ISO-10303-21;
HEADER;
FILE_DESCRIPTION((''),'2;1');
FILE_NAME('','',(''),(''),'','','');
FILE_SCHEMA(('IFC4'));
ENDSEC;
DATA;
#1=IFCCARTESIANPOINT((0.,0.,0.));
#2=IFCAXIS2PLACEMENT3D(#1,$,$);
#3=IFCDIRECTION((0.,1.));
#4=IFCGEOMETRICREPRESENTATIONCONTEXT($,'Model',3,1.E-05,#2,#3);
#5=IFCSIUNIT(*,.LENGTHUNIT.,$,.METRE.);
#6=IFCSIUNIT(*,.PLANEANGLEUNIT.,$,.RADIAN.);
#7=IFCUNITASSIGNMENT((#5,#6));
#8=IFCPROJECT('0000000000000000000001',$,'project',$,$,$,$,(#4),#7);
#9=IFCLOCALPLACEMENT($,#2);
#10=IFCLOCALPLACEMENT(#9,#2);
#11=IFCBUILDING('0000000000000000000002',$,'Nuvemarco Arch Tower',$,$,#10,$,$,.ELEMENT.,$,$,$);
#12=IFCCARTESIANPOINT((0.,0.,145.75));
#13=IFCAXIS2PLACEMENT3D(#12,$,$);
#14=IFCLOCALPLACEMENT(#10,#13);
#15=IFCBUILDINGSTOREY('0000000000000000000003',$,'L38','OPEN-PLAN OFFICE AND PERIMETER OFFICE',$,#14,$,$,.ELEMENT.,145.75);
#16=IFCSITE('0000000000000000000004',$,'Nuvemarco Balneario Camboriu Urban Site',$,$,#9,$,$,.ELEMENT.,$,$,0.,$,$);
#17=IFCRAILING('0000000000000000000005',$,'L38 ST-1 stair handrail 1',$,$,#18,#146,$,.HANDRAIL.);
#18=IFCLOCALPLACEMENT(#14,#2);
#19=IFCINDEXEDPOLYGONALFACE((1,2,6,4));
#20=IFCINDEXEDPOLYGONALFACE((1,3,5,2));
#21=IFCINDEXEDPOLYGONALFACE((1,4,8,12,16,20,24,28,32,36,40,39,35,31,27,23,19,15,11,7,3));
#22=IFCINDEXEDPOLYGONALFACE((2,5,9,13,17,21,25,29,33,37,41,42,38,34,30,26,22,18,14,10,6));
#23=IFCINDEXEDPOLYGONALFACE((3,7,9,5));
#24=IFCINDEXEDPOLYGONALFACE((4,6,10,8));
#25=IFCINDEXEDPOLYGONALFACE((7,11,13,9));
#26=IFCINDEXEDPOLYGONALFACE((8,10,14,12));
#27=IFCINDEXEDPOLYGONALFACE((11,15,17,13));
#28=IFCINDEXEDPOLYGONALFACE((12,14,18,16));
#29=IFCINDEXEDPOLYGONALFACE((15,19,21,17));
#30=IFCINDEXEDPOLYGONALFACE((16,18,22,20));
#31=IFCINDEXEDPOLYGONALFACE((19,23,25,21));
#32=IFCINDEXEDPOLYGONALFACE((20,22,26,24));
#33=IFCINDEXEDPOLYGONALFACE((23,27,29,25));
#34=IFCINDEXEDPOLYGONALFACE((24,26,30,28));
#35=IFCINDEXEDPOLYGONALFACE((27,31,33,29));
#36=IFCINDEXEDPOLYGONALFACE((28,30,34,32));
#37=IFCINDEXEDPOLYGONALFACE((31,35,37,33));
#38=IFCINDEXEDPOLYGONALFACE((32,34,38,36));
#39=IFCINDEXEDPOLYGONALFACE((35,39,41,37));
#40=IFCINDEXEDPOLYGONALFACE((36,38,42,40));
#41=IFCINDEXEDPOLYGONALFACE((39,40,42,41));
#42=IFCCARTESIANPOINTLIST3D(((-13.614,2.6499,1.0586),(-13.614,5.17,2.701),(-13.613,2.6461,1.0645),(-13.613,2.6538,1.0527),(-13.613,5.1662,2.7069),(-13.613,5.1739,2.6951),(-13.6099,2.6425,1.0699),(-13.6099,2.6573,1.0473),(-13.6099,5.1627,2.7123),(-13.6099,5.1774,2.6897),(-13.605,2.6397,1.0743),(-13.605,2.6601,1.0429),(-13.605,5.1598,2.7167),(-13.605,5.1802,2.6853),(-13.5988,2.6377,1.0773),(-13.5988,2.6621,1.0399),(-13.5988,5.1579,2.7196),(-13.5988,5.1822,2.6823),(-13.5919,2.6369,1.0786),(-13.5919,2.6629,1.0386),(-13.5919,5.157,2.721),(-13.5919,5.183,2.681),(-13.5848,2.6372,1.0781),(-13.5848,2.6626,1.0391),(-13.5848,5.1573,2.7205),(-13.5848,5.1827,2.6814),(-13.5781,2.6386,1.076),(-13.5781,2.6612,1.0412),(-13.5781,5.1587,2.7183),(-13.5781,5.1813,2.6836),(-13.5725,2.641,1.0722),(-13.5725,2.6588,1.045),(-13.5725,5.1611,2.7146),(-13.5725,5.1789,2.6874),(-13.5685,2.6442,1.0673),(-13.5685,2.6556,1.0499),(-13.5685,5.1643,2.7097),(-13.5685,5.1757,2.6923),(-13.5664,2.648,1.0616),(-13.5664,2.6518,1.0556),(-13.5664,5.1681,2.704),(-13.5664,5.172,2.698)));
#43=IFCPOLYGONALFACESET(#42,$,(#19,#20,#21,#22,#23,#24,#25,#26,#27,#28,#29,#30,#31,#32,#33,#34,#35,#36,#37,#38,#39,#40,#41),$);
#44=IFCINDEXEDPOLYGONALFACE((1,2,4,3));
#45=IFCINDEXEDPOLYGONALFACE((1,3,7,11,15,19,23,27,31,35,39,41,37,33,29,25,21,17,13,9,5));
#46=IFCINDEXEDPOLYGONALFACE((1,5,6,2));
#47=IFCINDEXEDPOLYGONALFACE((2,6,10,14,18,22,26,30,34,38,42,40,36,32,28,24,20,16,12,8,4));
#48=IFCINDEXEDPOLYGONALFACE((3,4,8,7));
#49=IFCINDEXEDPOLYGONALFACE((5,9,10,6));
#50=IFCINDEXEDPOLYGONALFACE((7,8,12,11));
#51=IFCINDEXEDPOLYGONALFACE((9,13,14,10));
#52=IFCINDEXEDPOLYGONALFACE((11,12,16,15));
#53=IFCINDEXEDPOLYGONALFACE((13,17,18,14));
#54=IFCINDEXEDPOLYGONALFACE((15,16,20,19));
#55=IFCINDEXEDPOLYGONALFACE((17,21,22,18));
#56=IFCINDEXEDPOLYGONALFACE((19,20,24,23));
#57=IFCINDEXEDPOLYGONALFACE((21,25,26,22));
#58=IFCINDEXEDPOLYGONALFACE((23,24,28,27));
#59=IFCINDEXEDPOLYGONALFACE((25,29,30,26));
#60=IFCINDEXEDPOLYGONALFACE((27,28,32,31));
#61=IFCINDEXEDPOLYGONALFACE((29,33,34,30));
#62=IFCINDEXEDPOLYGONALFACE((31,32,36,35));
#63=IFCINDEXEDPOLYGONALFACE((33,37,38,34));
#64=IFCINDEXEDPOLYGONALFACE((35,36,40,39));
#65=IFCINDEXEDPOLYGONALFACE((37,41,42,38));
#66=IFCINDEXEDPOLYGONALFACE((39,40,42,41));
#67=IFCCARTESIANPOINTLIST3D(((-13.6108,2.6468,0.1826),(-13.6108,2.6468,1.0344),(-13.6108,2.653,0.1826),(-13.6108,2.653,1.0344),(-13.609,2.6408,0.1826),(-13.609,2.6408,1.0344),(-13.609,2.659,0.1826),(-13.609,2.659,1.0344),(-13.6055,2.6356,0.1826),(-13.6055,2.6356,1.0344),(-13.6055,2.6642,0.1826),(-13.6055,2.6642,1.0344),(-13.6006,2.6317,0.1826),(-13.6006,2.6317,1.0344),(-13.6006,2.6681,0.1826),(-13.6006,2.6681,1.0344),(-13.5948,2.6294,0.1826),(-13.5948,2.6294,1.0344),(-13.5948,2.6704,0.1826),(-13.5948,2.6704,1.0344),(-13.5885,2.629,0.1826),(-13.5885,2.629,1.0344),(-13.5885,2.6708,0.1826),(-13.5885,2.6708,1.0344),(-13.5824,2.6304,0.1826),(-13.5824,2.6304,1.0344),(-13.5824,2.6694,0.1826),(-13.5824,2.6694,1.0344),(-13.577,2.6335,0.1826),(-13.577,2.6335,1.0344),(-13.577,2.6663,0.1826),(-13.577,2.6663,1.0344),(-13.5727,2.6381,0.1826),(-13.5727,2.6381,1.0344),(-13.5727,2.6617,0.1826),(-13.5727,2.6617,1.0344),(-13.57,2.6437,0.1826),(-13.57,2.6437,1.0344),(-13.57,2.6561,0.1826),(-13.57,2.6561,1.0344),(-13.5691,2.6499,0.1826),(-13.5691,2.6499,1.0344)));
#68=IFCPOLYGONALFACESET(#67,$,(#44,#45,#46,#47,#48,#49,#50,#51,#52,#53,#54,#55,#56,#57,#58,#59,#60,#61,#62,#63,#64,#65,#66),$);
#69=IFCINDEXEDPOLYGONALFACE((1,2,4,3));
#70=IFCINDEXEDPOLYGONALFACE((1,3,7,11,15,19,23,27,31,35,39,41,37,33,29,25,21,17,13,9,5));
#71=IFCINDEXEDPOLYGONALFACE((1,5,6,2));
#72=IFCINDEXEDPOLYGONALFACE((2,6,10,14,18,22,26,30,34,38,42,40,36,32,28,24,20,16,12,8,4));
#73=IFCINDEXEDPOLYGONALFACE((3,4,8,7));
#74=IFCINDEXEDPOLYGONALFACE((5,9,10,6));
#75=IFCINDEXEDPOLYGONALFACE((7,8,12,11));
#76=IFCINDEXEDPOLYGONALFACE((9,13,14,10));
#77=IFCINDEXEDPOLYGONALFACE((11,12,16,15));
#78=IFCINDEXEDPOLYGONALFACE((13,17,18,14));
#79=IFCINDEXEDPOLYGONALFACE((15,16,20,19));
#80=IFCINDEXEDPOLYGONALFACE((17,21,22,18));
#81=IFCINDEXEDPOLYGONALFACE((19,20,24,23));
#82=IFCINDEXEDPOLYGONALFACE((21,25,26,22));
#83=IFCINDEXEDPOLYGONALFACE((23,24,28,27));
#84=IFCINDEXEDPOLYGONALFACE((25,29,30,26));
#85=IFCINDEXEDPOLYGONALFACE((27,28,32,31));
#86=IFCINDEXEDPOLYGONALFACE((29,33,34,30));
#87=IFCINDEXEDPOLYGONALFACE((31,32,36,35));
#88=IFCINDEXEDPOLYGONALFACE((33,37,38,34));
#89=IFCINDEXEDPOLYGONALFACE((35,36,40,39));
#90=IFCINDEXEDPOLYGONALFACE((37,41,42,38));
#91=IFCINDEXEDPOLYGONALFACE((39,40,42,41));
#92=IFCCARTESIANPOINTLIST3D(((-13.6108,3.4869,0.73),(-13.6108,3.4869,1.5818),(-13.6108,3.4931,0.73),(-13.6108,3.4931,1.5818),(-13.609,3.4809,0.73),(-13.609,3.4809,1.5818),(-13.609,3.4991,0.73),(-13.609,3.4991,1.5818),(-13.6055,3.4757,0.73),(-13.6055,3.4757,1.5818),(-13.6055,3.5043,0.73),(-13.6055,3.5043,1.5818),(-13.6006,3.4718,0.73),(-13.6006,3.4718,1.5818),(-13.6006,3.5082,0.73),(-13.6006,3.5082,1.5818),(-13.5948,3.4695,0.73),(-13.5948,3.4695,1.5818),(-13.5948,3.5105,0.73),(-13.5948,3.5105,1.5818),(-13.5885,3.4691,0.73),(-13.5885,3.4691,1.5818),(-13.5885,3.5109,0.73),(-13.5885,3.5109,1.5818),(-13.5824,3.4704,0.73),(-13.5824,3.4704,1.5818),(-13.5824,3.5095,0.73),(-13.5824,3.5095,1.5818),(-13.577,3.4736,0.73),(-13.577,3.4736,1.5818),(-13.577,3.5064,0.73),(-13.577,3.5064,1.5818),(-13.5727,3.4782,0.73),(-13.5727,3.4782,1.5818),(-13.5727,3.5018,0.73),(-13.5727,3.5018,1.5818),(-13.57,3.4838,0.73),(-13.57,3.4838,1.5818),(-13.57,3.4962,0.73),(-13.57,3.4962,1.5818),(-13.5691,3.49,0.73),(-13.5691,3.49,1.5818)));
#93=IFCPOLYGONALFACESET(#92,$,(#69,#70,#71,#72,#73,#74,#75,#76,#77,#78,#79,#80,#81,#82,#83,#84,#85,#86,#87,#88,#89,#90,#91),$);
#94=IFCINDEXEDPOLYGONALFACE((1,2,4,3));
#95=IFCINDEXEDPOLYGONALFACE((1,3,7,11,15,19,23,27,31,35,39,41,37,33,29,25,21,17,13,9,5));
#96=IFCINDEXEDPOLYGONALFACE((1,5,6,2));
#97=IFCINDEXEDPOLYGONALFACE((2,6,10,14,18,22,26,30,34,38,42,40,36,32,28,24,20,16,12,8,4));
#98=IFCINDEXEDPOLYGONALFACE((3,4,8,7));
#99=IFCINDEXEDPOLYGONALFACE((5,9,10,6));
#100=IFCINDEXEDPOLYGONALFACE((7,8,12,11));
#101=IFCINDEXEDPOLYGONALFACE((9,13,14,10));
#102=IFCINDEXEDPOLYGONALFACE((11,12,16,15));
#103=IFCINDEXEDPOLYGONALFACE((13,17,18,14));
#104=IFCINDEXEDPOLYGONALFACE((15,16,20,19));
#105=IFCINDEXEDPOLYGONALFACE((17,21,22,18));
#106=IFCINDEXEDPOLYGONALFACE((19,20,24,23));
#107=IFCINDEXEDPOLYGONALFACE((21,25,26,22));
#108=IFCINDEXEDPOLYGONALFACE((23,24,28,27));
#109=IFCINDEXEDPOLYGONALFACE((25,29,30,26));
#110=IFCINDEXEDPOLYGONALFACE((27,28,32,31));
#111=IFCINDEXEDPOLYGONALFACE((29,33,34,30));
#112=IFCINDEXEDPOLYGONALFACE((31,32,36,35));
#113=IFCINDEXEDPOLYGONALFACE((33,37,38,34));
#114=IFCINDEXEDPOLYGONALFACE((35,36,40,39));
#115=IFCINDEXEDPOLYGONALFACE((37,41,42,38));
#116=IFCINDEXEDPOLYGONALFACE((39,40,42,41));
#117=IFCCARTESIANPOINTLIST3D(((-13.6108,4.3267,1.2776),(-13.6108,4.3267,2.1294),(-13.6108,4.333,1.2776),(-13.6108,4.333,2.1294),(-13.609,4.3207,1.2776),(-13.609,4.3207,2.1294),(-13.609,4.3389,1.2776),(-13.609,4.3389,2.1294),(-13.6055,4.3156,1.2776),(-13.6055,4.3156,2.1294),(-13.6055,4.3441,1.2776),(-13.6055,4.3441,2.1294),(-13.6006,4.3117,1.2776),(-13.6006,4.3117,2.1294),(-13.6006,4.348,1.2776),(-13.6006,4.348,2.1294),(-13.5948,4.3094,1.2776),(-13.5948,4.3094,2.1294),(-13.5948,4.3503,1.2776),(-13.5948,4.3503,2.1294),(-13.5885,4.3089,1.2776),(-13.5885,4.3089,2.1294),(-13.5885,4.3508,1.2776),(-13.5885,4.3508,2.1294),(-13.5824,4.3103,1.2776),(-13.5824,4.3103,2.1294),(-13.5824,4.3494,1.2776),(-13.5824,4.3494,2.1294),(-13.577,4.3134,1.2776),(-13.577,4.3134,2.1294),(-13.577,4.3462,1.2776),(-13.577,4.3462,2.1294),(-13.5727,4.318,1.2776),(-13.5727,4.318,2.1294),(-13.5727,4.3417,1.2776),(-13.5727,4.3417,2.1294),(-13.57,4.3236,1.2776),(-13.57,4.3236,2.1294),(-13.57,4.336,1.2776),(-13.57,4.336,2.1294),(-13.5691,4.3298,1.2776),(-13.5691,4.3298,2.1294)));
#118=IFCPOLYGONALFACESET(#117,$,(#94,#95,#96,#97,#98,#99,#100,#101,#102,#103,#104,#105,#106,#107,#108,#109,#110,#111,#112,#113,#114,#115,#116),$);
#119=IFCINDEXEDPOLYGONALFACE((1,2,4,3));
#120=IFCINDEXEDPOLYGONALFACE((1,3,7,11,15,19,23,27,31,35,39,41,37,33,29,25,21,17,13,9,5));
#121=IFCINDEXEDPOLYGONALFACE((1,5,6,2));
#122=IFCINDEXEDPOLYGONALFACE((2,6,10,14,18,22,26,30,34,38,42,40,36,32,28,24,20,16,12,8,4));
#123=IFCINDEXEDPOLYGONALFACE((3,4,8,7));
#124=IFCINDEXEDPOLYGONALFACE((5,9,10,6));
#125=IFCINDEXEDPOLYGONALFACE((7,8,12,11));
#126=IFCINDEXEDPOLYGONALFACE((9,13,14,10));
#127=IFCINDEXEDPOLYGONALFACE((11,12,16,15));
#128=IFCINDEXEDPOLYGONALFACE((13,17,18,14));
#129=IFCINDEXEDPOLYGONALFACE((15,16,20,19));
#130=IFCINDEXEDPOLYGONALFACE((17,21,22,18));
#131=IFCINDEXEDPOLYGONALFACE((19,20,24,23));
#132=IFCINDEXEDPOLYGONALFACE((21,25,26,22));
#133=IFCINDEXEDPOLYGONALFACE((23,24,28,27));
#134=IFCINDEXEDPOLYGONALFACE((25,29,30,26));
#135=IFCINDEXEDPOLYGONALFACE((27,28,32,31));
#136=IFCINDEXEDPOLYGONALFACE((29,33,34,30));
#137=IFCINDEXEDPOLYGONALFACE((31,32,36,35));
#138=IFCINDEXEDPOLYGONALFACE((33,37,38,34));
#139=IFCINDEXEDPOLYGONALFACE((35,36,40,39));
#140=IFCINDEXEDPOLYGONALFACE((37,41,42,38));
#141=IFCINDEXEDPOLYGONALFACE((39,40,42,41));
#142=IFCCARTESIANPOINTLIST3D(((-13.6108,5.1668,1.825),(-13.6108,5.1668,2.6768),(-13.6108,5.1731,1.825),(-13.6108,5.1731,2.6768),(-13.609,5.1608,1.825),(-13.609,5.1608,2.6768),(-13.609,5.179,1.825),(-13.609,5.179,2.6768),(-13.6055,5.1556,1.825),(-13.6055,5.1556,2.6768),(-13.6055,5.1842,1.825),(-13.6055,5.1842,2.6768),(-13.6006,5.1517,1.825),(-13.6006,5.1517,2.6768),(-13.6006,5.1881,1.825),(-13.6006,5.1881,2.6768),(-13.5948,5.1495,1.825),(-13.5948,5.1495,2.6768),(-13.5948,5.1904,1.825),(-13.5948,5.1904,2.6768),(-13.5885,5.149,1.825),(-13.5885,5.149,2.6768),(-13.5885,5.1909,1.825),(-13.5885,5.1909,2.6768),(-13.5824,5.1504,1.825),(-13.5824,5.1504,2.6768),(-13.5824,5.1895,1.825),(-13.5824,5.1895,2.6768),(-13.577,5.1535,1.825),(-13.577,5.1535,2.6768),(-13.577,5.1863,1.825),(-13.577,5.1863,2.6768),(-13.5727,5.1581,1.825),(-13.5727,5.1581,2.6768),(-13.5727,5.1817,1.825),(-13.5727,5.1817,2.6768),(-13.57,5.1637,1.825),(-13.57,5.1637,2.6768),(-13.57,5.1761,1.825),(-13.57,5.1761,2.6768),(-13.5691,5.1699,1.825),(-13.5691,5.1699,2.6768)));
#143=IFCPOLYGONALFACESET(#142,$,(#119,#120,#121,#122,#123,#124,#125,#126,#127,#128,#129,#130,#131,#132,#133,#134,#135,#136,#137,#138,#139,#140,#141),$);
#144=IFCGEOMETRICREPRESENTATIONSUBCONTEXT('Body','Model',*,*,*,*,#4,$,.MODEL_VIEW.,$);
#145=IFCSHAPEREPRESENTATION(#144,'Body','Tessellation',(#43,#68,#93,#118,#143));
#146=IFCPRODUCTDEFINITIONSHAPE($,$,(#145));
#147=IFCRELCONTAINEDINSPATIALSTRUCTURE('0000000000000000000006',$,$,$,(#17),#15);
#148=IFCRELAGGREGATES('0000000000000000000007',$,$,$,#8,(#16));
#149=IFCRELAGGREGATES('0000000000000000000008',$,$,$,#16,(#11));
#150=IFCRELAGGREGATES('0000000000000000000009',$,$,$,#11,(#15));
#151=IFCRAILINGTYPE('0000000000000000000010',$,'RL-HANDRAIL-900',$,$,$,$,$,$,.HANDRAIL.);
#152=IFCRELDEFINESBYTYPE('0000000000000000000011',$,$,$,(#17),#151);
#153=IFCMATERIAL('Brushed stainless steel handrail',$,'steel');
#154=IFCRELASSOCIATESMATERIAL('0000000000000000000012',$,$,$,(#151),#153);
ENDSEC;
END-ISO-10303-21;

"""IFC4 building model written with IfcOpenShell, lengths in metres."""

from ifc_helpers import new_model, si_unit, direction, frame, origin, origin_2d, place, context, subcontext, project, spatial, circle, extrude, material, type_object, element, save


model = new_model("IFC4")

# Units and contexts
model_context = context("Model", 3, precision=1e-05, world=origin(), true_north=direction((0.0, 1.0)))
body_context = subcontext(model_context, "Body", "Model", "MODEL_VIEW")
ifc_project = project(units=[si_unit("LENGTHUNIT", "METRE"), si_unit("PLANEANGLEUNIT", "RADIAN")], contexts=[model_context])

# Site, building, storey
site_placement = place(None, origin())
site = spatial("IfcSite", under=ifc_project, at=site_placement, Name="Nuvemarco Balneario Camboriu Urban Site", CompositionType="ELEMENT", RefElevation=0.0)
building_placement = place(site_placement, origin())
building = spatial("IfcBuilding", under=site, at=building_placement, Name="Nuvemarco Arch Tower", CompositionType="ELEMENT")
storey_placement = place(building_placement, frame((0.0, 0.0, 145.75)))
storey = spatial("IfcBuildingStorey", under=building, at=storey_placement, Name="L38", Description="OPEN-PLAN OFFICE AND PERIMETER OFFICE", CompositionType="ELEMENT", Elevation=145.75)

# Railing
ifc_material_1 = material(Name="Brushed stainless steel handrail", Category="steel")
railing_type_1 = type_object("IfcRailingType", Name="RL-HANDRAIL-900", PredefinedType="HANDRAIL", material=ifc_material_1)
railing_1_placement = place(storey_placement, frame((-13.5901, 2.6499, 0.1826)))
element("IfcRailing", 1, at=railing_1_placement, inside=storey, type_object=railing_type_1, Name="L38 ST-1 stair handrail 1", PredefinedType="HANDRAIL", context=body_context, shape_type="SweptSolid", body=[
    extrude(circle(Radius=0.0239, at=origin_2d()), frame((0.0, 0.0, 0.876), z_axis=(0.0, 0.837787, 0.545998), x_axis=(-1.0, 0.0, 0.0)), (0.0, 0.0, 1.0), 3.0081),
    extrude(circle(Radius=0.021, at=origin_2d()), origin(), (0.0, 0.0, 1.0), 0.8518),
    extrude(circle(Radius=0.021, at=origin_2d()), frame((0.0, 0.8401, 0.5474)), (0.0, 0.0, 1.0), 0.8518),
    extrude(circle(Radius=0.021, at=origin_2d()), frame((0.0, 1.6799, 1.095)), (0.0, 0.0, 1.0), 0.8518),
    extrude(circle(Radius=0.021, at=origin_2d()), frame((0.0, 2.52, 1.6423)), (0.0, 0.0, 1.0), 0.8518),
])

save(model, "model.ifc")
